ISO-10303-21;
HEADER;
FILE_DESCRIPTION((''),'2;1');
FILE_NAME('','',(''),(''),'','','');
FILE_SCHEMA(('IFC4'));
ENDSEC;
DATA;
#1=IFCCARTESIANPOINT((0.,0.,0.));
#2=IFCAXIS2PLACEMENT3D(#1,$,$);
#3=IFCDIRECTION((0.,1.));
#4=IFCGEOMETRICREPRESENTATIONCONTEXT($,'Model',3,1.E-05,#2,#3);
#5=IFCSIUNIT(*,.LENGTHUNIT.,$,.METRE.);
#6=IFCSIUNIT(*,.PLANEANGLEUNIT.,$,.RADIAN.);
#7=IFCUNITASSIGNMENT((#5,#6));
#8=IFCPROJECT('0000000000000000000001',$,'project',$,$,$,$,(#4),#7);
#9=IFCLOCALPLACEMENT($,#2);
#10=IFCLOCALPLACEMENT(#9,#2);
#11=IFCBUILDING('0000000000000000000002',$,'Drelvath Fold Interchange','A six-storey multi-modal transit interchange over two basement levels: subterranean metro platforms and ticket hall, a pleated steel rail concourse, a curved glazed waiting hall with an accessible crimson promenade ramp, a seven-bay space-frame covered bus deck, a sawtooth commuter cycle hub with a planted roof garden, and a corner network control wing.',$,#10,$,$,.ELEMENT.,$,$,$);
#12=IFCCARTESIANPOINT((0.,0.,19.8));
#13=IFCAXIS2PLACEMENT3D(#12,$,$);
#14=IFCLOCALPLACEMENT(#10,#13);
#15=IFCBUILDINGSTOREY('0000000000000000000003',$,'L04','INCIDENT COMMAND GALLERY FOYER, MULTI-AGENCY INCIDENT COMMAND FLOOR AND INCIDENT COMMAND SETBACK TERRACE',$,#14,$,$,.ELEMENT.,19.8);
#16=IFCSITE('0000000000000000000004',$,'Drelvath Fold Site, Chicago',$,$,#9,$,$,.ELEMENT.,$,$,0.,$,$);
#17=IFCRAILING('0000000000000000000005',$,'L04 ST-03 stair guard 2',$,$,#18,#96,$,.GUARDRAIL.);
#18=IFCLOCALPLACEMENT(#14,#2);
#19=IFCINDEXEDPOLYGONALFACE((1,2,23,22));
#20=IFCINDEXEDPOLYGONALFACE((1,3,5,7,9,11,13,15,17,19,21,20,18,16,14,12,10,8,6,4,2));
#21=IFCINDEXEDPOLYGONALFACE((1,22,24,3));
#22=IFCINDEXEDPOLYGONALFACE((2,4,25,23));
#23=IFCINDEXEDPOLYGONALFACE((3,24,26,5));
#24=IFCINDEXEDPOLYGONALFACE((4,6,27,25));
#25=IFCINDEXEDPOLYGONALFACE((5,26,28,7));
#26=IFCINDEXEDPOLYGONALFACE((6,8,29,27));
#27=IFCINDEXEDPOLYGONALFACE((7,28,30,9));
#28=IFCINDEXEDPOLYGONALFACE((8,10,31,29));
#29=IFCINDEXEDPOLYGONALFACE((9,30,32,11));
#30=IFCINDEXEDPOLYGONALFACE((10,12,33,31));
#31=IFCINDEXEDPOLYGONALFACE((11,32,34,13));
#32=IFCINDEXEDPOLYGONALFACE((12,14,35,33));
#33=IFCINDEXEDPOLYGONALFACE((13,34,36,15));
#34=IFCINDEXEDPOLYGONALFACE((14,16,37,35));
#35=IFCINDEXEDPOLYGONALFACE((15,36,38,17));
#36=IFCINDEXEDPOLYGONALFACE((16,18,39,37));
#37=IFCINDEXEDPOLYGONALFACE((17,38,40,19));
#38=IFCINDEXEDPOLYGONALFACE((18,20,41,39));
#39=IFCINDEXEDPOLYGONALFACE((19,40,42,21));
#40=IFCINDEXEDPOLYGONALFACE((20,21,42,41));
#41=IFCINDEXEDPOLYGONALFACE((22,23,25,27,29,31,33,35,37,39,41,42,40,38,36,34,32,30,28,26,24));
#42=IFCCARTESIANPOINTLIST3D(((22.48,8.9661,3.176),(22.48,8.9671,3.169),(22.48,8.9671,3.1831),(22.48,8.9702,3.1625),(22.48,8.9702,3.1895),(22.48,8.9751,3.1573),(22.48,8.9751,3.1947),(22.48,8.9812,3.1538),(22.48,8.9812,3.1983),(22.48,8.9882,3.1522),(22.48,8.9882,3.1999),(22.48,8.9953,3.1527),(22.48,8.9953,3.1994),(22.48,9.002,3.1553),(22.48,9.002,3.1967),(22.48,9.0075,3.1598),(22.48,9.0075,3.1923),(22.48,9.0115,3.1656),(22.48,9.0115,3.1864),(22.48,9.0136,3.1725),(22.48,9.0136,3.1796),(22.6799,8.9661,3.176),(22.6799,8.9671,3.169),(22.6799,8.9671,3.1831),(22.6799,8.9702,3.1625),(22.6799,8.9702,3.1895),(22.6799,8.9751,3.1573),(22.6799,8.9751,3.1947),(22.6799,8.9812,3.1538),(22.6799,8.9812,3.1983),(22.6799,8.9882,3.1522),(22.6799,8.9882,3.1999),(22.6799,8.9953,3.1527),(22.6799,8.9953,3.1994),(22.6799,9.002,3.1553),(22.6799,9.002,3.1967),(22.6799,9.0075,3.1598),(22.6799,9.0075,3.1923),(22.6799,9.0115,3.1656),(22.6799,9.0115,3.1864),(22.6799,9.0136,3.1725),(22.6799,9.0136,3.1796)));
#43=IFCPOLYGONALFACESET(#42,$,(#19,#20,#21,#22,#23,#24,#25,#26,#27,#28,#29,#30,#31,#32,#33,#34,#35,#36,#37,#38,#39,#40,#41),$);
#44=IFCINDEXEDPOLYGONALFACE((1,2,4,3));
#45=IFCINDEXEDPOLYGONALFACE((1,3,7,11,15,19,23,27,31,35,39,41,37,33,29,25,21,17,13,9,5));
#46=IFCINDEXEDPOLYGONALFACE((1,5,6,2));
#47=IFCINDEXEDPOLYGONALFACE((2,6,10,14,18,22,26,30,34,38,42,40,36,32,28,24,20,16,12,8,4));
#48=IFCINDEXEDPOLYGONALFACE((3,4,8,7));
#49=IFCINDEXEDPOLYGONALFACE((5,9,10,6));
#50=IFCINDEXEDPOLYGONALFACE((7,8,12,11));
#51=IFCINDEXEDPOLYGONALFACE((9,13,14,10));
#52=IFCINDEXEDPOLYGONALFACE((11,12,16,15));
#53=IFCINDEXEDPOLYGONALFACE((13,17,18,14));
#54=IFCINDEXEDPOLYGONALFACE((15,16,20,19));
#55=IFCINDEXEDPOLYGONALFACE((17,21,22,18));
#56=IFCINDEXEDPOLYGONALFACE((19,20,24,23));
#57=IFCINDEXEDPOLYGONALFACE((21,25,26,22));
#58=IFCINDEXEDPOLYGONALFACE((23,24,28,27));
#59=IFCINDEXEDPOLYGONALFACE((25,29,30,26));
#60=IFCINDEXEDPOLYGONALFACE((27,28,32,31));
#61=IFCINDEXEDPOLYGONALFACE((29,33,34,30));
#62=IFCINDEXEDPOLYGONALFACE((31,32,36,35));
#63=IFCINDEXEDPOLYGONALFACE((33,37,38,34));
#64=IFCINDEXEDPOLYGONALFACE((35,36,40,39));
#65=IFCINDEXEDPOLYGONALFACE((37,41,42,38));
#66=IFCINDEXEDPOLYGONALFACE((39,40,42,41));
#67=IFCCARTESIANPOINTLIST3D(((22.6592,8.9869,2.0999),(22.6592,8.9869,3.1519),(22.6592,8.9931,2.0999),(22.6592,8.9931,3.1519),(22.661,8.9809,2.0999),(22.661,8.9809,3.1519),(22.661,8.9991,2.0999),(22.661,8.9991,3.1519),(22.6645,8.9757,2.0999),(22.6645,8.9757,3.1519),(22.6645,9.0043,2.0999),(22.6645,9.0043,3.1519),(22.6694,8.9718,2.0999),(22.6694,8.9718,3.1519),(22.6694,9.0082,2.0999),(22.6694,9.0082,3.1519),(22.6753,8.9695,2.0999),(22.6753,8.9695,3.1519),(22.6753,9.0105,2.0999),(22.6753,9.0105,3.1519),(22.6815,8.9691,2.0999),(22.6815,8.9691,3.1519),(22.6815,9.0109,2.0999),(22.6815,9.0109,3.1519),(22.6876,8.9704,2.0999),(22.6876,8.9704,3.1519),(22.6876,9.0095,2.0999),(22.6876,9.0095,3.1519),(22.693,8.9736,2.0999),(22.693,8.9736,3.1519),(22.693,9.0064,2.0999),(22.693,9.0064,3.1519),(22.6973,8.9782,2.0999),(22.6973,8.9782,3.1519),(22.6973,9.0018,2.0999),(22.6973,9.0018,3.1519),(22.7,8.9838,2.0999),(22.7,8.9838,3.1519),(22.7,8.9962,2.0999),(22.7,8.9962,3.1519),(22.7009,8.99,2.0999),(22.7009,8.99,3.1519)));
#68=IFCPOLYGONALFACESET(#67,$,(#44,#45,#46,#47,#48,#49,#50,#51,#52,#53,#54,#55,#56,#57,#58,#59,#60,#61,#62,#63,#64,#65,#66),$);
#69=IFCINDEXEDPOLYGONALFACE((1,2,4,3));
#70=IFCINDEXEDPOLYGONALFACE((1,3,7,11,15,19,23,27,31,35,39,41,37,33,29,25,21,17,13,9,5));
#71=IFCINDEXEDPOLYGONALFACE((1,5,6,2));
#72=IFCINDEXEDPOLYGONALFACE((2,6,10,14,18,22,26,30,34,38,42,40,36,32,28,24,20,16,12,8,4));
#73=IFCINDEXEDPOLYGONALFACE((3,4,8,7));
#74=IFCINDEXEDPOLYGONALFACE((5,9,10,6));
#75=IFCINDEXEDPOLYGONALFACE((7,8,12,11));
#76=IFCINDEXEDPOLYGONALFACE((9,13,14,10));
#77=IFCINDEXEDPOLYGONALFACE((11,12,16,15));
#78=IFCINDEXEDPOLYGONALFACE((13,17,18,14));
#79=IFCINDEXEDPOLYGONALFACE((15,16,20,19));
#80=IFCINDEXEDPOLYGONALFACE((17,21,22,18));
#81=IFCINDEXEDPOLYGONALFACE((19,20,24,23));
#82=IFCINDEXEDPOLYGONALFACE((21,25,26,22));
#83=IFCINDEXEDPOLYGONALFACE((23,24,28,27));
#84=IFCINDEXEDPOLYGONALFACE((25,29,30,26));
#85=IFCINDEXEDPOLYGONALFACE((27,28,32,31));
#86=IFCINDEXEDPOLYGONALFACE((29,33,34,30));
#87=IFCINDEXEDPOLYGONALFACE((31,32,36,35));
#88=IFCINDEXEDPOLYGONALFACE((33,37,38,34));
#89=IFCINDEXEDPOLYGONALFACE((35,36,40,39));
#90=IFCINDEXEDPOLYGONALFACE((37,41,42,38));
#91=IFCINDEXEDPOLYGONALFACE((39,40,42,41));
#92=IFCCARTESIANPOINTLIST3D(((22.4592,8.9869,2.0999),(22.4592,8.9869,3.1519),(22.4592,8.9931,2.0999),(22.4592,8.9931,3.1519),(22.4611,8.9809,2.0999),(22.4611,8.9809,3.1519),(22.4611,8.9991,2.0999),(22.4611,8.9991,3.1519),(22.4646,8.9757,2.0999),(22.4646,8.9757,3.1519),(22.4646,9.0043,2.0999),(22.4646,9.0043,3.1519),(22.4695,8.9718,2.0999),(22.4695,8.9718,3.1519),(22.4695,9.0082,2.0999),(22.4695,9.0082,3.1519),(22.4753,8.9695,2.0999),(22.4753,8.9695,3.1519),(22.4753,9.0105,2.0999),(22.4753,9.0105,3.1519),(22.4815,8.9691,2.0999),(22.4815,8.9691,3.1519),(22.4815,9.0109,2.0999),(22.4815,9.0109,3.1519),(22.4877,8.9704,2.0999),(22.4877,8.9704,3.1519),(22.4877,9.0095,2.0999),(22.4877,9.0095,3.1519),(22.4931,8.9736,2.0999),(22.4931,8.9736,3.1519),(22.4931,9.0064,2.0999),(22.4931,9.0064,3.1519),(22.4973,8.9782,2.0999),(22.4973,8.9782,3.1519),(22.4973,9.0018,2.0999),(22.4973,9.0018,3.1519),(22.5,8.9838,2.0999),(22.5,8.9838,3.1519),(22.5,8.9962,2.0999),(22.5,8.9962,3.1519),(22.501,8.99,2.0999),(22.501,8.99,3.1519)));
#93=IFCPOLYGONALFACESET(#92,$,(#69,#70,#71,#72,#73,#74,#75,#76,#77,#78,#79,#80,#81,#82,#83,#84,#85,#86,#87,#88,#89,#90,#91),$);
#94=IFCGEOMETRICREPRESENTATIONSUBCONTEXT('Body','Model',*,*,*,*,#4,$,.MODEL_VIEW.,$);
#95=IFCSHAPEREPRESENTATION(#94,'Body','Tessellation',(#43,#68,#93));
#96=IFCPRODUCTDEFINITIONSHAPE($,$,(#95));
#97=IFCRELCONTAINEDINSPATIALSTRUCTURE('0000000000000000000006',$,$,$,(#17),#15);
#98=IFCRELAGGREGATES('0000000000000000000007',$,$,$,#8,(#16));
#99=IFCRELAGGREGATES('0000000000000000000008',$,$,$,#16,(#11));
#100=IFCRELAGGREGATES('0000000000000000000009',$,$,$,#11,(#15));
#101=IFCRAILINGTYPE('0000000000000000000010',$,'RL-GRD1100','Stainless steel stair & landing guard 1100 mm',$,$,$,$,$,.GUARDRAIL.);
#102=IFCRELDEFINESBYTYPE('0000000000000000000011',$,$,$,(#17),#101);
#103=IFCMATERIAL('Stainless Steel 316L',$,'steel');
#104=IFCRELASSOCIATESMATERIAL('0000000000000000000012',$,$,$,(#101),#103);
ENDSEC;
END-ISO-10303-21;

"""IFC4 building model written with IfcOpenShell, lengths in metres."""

from ifc_helpers import new_model, si_unit, direction, frame, origin, origin_2d, place, context, subcontext, project, spatial, circle, extrude, material, type_object, element, save


model = new_model("IFC4")

# Units and contexts
model_context = context("Model", 3, precision=1e-05, world=origin(), true_north=direction((0.0, 1.0)))
body_context = subcontext(model_context, "Body", "Model", "MODEL_VIEW")
ifc_project = project(units=[si_unit("LENGTHUNIT", "METRE"), si_unit("PLANEANGLEUNIT", "RADIAN")], contexts=[model_context])

# Site, building, storey
site_placement = place(None, origin())
site = spatial("IfcSite", under=ifc_project, at=site_placement, Name="Drelvath Fold Site, Chicago", CompositionType="ELEMENT", RefElevation=0.0)
building_placement = place(site_placement, origin())
building = spatial("IfcBuilding", under=site, at=building_placement, Name="Drelvath Fold Interchange", Description="A six-storey multi-modal transit interchange over two basement levels: subterranean metro platforms and ticket hall, a pleated steel rail concourse, a curved glazed waiting hall with an accessible crimson promenade ramp, a seven-bay space-frame covered bus deck, a sawtooth commuter cycle hub with a planted roof garden, and a corner network control wing.", CompositionType="ELEMENT")
storey_placement = place(building_placement, frame((0.0, 0.0, 19.8)))
storey = spatial("IfcBuildingStorey", under=building, at=storey_placement, Name="L04", Description="INCIDENT COMMAND GALLERY FOYER, MULTI-AGENCY INCIDENT COMMAND FLOOR AND INCIDENT COMMAND SETBACK TERRACE", CompositionType="ELEMENT", Elevation=19.8)

# Railing
ifc_material_1 = material(Name="Stainless Steel 316L", Category="steel")
railing_type_1 = type_object("IfcRailingType", Name="RL-GRD1100", Description="Stainless steel stair & landing guard 1100 mm", PredefinedType="GUARDRAIL", material=ifc_material_1)
railing_1_placement = place(storey_placement, frame((22.6799, 8.99, 2.0999)))
element("IfcRailing", 1, at=railing_1_placement, inside=storey, type_object=railing_type_1, Name="L04 ST-03 stair guard 2", PredefinedType="GUARDRAIL", context=body_context, shape_type="SweptSolid", body=[
    extrude(circle(Radius=0.0239, at=origin_2d()), frame((0.0, 0.0, 1.0762), z_axis=(-1.0, 0.0, 0.0), x_axis=(0.0, -1.0, 0.0)), (0.0, 0.0, 1.0), 0.2),
    extrude(circle(Radius=0.021, at=origin_2d()), origin(), (0.0, 0.0, 1.0), 1.052),
    extrude(circle(Radius=0.021, at=origin_2d()), frame((-0.2, 0.0, 0.0)), (0.0, 0.0, 1.0), 1.052),
])

save(model, "model.ifc")
